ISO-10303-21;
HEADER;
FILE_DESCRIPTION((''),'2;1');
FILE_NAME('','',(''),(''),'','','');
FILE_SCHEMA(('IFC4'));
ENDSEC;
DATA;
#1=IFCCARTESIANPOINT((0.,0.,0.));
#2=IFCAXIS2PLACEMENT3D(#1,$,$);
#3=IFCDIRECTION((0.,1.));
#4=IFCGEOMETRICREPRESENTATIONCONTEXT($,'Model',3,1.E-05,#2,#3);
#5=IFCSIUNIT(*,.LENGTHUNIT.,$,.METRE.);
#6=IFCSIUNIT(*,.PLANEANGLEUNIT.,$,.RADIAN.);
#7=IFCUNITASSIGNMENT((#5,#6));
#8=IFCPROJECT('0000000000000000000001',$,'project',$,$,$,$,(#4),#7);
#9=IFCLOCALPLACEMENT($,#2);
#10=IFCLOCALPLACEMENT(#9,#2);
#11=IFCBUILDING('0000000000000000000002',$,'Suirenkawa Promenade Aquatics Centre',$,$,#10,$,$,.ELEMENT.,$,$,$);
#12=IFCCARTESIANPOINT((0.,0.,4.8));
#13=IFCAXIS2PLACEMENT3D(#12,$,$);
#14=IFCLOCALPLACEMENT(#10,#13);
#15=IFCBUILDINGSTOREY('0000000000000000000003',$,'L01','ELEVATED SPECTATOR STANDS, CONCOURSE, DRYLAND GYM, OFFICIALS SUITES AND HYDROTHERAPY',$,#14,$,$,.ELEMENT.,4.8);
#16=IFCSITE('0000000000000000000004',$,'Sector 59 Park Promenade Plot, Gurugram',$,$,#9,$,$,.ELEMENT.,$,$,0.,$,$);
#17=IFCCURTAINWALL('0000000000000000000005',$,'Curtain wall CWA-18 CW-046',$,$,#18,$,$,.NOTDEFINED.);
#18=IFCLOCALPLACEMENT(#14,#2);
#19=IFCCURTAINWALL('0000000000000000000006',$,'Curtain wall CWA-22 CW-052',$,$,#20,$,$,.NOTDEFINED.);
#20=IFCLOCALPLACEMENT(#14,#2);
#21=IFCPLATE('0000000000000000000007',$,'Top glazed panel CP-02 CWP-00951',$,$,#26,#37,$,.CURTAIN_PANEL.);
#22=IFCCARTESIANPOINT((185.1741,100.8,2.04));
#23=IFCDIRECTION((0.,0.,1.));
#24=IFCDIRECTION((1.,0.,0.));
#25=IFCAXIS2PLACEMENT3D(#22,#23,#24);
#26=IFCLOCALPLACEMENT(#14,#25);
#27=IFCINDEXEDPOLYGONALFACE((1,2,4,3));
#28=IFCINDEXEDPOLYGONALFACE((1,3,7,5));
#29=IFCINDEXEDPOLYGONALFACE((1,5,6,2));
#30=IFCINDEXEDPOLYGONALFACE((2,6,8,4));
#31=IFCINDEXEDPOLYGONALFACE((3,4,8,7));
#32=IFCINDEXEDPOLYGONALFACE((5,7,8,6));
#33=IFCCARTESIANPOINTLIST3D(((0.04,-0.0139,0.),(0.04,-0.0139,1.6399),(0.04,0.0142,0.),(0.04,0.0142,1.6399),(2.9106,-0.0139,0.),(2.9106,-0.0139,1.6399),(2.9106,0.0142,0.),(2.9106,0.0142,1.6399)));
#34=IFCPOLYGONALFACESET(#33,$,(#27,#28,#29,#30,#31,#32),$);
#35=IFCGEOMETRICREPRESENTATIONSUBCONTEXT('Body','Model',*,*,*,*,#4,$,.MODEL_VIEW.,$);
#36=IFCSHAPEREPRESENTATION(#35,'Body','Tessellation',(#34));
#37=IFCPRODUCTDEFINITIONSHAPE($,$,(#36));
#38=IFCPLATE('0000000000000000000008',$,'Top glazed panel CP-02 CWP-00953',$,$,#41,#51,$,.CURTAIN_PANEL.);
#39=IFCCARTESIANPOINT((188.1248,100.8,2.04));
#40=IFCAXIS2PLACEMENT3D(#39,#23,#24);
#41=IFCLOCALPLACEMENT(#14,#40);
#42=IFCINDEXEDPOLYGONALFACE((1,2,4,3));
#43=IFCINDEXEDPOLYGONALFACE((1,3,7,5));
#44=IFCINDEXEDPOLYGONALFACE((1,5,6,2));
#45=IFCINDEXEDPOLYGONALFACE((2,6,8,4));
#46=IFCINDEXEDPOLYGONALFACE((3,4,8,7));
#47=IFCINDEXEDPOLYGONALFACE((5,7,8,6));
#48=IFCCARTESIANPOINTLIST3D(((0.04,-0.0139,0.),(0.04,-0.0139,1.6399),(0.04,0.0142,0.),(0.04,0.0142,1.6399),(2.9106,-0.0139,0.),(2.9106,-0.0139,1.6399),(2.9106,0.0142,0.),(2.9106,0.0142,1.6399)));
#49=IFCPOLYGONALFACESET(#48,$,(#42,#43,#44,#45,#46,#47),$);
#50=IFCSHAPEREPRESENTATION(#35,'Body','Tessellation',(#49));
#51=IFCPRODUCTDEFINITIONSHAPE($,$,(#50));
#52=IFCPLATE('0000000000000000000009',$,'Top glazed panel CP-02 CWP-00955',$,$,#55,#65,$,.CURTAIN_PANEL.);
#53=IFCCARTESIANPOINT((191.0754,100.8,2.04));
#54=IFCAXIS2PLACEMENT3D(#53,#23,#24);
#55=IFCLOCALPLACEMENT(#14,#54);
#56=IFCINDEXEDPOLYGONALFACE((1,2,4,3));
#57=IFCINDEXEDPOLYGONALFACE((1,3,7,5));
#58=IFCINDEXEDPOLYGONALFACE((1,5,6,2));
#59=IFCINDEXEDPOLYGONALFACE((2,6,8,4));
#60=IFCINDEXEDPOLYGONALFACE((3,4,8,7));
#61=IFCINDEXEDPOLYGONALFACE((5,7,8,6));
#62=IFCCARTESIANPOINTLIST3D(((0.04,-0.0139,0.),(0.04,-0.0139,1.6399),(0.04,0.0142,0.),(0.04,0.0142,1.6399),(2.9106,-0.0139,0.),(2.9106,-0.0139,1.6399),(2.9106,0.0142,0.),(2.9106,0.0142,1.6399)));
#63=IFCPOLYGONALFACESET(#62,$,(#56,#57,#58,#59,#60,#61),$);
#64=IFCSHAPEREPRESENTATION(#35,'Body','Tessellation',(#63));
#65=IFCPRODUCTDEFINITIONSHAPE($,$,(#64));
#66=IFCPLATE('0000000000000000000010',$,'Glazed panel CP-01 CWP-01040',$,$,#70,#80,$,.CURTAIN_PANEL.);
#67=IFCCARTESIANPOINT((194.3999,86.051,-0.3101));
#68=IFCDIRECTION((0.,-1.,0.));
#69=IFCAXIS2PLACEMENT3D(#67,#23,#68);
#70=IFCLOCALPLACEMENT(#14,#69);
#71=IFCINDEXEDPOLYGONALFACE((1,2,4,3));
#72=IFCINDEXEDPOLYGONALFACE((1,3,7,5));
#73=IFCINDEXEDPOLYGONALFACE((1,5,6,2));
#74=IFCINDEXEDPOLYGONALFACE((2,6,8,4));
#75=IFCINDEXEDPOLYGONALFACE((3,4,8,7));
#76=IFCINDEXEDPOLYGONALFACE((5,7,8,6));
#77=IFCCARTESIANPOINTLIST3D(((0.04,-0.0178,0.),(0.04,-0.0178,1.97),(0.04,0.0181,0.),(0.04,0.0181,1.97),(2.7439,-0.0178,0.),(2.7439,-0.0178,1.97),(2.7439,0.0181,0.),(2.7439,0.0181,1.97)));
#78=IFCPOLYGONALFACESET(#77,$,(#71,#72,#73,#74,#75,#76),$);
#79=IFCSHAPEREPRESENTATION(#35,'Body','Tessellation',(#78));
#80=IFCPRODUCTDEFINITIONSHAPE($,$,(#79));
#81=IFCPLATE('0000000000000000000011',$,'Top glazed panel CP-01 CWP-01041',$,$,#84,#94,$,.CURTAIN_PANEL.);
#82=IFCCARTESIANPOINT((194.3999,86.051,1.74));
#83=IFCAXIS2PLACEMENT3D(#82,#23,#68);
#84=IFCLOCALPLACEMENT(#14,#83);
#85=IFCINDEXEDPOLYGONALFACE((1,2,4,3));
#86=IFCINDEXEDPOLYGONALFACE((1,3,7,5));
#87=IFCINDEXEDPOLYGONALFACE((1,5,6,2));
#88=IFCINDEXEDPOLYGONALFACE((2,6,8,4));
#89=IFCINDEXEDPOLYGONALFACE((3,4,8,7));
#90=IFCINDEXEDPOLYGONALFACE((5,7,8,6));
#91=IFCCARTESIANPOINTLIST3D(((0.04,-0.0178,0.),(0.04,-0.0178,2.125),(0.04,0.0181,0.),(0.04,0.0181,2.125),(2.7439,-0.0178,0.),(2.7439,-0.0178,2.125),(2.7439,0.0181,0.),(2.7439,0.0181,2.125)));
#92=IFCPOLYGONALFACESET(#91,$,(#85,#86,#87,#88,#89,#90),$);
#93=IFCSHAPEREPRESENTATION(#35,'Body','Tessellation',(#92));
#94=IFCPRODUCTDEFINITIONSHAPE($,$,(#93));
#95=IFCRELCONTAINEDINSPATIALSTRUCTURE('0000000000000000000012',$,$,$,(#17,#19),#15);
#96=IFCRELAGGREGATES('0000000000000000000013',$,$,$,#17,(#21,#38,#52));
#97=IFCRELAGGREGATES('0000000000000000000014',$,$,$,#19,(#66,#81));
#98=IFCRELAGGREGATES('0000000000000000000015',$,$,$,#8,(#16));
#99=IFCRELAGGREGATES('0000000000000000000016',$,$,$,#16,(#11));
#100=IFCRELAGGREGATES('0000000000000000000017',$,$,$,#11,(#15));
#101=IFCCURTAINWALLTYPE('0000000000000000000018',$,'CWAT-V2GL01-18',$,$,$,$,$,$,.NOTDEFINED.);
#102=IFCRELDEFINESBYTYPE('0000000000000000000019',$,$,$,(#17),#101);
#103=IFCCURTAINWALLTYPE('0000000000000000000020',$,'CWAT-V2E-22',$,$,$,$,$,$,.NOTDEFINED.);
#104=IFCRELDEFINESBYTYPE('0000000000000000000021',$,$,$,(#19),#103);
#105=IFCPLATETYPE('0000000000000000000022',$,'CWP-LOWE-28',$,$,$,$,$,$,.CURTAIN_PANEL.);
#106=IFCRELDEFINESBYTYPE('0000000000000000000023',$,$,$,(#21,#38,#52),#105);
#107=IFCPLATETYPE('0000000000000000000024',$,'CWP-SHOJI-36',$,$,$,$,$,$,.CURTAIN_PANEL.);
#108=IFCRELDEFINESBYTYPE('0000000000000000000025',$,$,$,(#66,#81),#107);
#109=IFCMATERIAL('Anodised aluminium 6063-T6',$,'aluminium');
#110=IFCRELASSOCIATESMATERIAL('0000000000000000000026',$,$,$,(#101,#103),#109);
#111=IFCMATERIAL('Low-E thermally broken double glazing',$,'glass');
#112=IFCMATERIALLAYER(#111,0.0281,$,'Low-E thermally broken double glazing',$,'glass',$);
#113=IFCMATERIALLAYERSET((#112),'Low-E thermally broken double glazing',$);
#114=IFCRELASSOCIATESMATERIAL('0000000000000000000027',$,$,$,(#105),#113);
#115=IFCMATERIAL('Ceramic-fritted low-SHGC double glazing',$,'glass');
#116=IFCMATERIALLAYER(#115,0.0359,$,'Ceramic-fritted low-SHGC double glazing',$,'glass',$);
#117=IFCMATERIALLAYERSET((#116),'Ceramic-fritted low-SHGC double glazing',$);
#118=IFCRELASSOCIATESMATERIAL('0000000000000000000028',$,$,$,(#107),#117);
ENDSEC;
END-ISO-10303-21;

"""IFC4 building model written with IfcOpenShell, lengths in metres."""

from ifc_helpers import new_model, si_unit, direction, frame, origin, place, context, subcontext, project, spatial, polyline, outline, extrude, material, layer, layer_set, type_object, element, aggregate, save


model = new_model("IFC4")

# Units and contexts
model_context = context("Model", 3, precision=1e-05, world=origin(), true_north=direction((0.0, 1.0)))
body_context = subcontext(model_context, "Body", "Model", "MODEL_VIEW")
ifc_project = project(units=[si_unit("LENGTHUNIT", "METRE"), si_unit("PLANEANGLEUNIT", "RADIAN")], contexts=[model_context])

# Site, building, storey
site_placement = place(None, origin())
site = spatial("IfcSite", under=ifc_project, at=site_placement, Name="Sector 59 Park Promenade Plot, Gurugram", CompositionType="ELEMENT", RefElevation=0.0)
building_placement = place(site_placement, origin())
building = spatial("IfcBuilding", under=site, at=building_placement, Name="Suirenkawa Promenade Aquatics Centre", CompositionType="ELEMENT")
storey_placement = place(building_placement, frame((0.0, 0.0, 4.8)))
storey = spatial("IfcBuildingStorey", under=building, at=storey_placement, Name="L01", Description="ELEVATED SPECTATOR STANDS, CONCOURSE, DRYLAND GYM, OFFICIALS SUITES AND HYDROTHERAPY", CompositionType="ELEMENT", Elevation=4.8)

# Curtain wall
ifc_material_1 = material(Name="Anodised aluminium 6063-T6", Category="aluminium")
curtain_wall_type_1 = type_object("IfcCurtainWallType", Name="CWAT-V2GL01-18", PredefinedType="NOTDEFINED", material=ifc_material_1)
curtain_wall_1_placement = place(storey_placement, origin())
curtain_wall_1 = element("IfcCurtainWall", 1, at=curtain_wall_1_placement, inside=storey, type_object=curtain_wall_type_1, Name="Curtain wall CWA-18 CW-046", PredefinedType="NOTDEFINED")

# Curtain wall
curtain_wall_type_2 = type_object("IfcCurtainWallType", Name="CWAT-V2E-22", PredefinedType="NOTDEFINED", material=ifc_material_1)
curtain_wall_2_placement = place(storey_placement, origin())
curtain_wall_2 = element("IfcCurtainWall", 2, at=curtain_wall_2_placement, inside=storey, type_object=curtain_wall_type_2, Name="Curtain wall CWA-22 CW-052", PredefinedType="NOTDEFINED")

# Plates
ifc_material_2 = material(Name="Low-E thermally broken double glazing", Category="glass")
ifc_layer_1 = layer(ifc_material_2, 0.0281, Name="Low-E thermally broken double glazing", Category="glass")
ifc_layer_set_1 = layer_set([ifc_layer_1], Name="Low-E thermally broken double glazing")
plate_type_1 = type_object("IfcPlateType", Name="CWP-LOWE-28", PredefinedType="CURTAIN_PANEL", material=ifc_layer_set_1)
plate_1_placement = place(storey_placement, frame((185.1741, 100.8, 2.04), z_axis=(0.0, 0.0, 1.0), x_axis=(1.0, 0.0, 0.0)))
plate_1 = element("IfcPlate", 3, at=plate_1_placement, type_object=plate_type_1, Name="Top glazed panel CP-02 CWP-00951", PredefinedType="CURTAIN_PANEL", context=body_context, shape_type="SweptSolid", body=[
    extrude(outline(polyline([(0.04, 0.0), (2.9106, 0.0), (2.9106, 1.6399), (0.04, 1.6399), (0.04, 0.0)])), frame((0.0, 0.0142, 0.0), z_axis=(0.0, -1.0, 0.0), x_axis=(1.0, 0.0, 0.0)), (0.0, 0.0, 1.0), 0.0281),
])
plate_2_placement = place(storey_placement, frame((188.1248, 100.8, 2.04), z_axis=(0.0, 0.0, 1.0), x_axis=(1.0, 0.0, 0.0)))
plate_2 = element("IfcPlate", 4, at=plate_2_placement, type_object=plate_type_1, Name="Top glazed panel CP-02 CWP-00953", PredefinedType="CURTAIN_PANEL", context=body_context, shape_type="SweptSolid", body=[
    extrude(outline(polyline([(0.04, 0.0), (2.9106, 0.0), (2.9106, 1.6399), (0.04, 1.6399), (0.04, 0.0)])), frame((0.0, 0.0142, 0.0), z_axis=(0.0, -1.0, 0.0), x_axis=(1.0, 0.0, 0.0)), (0.0, 0.0, 1.0), 0.0281),
])
plate_3_placement = place(storey_placement, frame((191.0754, 100.8, 2.04), z_axis=(0.0, 0.0, 1.0), x_axis=(1.0, 0.0, 0.0)))
plate_3 = element("IfcPlate", 5, at=plate_3_placement, type_object=plate_type_1, Name="Top glazed panel CP-02 CWP-00955", PredefinedType="CURTAIN_PANEL", context=body_context, shape_type="SweptSolid", body=[
    extrude(outline(polyline([(0.04, 0.0), (2.9106, 0.0), (2.9106, 1.6399), (0.04, 1.6399), (0.04, 0.0)])), frame((0.0, 0.0142, 0.0), z_axis=(0.0, -1.0, 0.0), x_axis=(1.0, 0.0, 0.0)), (0.0, 0.0, 1.0), 0.0281),
])
aggregate(curtain_wall_1, [plate_1, plate_2, plate_3])
ifc_material_3 = material(Name="Ceramic-fritted low-SHGC double glazing", Category="glass")
ifc_layer_2 = layer(ifc_material_3, 0.0359, Name="Ceramic-fritted low-SHGC double glazing", Category="glass")
ifc_layer_set_2 = layer_set([ifc_layer_2], Name="Ceramic-fritted low-SHGC double glazing")
plate_type_2 = type_object("IfcPlateType", Name="CWP-SHOJI-36", PredefinedType="CURTAIN_PANEL", material=ifc_layer_set_2)
plate_4_placement = place(storey_placement, frame((194.3999, 86.051, -0.3101), z_axis=(0.0, 0.0, 1.0), x_axis=(0.0, -1.0, 0.0)))
plate_4 = element("IfcPlate", 6, at=plate_4_placement, type_object=plate_type_2, Name="Glazed panel CP-01 CWP-01040", PredefinedType="CURTAIN_PANEL", context=body_context, shape_type="SweptSolid", body=[
    extrude(outline(polyline([(0.04, 0.0), (2.7439, 0.0), (2.7439, 1.97), (0.04, 1.97), (0.04, 0.0)])), frame((0.0, 0.0181, 0.0), z_axis=(0.0, -1.0, 0.0), x_axis=(1.0, 0.0, 0.0)), (0.0, 0.0, 1.0), 0.0359),
])
plate_5_placement = place(storey_placement, frame((194.3999, 86.051, 1.74), z_axis=(0.0, 0.0, 1.0), x_axis=(0.0, -1.0, 0.0)))
plate_5 = element("IfcPlate", 7, at=plate_5_placement, type_object=plate_type_2, Name="Top glazed panel CP-01 CWP-01041", PredefinedType="CURTAIN_PANEL", context=body_context, shape_type="SweptSolid", body=[
    extrude(outline(polyline([(0.04, 0.0), (2.7439, 0.0), (2.7439, 2.125), (0.04, 2.125), (0.04, 0.0)])), frame((0.0, 0.0181, 0.0), z_axis=(0.0, -1.0, 0.0), x_axis=(1.0, 0.0, 0.0)), (0.0, 0.0, 1.0), 0.0359),
])
aggregate(curtain_wall_2, [plate_4, plate_5])

save(model, "model.ifc")
